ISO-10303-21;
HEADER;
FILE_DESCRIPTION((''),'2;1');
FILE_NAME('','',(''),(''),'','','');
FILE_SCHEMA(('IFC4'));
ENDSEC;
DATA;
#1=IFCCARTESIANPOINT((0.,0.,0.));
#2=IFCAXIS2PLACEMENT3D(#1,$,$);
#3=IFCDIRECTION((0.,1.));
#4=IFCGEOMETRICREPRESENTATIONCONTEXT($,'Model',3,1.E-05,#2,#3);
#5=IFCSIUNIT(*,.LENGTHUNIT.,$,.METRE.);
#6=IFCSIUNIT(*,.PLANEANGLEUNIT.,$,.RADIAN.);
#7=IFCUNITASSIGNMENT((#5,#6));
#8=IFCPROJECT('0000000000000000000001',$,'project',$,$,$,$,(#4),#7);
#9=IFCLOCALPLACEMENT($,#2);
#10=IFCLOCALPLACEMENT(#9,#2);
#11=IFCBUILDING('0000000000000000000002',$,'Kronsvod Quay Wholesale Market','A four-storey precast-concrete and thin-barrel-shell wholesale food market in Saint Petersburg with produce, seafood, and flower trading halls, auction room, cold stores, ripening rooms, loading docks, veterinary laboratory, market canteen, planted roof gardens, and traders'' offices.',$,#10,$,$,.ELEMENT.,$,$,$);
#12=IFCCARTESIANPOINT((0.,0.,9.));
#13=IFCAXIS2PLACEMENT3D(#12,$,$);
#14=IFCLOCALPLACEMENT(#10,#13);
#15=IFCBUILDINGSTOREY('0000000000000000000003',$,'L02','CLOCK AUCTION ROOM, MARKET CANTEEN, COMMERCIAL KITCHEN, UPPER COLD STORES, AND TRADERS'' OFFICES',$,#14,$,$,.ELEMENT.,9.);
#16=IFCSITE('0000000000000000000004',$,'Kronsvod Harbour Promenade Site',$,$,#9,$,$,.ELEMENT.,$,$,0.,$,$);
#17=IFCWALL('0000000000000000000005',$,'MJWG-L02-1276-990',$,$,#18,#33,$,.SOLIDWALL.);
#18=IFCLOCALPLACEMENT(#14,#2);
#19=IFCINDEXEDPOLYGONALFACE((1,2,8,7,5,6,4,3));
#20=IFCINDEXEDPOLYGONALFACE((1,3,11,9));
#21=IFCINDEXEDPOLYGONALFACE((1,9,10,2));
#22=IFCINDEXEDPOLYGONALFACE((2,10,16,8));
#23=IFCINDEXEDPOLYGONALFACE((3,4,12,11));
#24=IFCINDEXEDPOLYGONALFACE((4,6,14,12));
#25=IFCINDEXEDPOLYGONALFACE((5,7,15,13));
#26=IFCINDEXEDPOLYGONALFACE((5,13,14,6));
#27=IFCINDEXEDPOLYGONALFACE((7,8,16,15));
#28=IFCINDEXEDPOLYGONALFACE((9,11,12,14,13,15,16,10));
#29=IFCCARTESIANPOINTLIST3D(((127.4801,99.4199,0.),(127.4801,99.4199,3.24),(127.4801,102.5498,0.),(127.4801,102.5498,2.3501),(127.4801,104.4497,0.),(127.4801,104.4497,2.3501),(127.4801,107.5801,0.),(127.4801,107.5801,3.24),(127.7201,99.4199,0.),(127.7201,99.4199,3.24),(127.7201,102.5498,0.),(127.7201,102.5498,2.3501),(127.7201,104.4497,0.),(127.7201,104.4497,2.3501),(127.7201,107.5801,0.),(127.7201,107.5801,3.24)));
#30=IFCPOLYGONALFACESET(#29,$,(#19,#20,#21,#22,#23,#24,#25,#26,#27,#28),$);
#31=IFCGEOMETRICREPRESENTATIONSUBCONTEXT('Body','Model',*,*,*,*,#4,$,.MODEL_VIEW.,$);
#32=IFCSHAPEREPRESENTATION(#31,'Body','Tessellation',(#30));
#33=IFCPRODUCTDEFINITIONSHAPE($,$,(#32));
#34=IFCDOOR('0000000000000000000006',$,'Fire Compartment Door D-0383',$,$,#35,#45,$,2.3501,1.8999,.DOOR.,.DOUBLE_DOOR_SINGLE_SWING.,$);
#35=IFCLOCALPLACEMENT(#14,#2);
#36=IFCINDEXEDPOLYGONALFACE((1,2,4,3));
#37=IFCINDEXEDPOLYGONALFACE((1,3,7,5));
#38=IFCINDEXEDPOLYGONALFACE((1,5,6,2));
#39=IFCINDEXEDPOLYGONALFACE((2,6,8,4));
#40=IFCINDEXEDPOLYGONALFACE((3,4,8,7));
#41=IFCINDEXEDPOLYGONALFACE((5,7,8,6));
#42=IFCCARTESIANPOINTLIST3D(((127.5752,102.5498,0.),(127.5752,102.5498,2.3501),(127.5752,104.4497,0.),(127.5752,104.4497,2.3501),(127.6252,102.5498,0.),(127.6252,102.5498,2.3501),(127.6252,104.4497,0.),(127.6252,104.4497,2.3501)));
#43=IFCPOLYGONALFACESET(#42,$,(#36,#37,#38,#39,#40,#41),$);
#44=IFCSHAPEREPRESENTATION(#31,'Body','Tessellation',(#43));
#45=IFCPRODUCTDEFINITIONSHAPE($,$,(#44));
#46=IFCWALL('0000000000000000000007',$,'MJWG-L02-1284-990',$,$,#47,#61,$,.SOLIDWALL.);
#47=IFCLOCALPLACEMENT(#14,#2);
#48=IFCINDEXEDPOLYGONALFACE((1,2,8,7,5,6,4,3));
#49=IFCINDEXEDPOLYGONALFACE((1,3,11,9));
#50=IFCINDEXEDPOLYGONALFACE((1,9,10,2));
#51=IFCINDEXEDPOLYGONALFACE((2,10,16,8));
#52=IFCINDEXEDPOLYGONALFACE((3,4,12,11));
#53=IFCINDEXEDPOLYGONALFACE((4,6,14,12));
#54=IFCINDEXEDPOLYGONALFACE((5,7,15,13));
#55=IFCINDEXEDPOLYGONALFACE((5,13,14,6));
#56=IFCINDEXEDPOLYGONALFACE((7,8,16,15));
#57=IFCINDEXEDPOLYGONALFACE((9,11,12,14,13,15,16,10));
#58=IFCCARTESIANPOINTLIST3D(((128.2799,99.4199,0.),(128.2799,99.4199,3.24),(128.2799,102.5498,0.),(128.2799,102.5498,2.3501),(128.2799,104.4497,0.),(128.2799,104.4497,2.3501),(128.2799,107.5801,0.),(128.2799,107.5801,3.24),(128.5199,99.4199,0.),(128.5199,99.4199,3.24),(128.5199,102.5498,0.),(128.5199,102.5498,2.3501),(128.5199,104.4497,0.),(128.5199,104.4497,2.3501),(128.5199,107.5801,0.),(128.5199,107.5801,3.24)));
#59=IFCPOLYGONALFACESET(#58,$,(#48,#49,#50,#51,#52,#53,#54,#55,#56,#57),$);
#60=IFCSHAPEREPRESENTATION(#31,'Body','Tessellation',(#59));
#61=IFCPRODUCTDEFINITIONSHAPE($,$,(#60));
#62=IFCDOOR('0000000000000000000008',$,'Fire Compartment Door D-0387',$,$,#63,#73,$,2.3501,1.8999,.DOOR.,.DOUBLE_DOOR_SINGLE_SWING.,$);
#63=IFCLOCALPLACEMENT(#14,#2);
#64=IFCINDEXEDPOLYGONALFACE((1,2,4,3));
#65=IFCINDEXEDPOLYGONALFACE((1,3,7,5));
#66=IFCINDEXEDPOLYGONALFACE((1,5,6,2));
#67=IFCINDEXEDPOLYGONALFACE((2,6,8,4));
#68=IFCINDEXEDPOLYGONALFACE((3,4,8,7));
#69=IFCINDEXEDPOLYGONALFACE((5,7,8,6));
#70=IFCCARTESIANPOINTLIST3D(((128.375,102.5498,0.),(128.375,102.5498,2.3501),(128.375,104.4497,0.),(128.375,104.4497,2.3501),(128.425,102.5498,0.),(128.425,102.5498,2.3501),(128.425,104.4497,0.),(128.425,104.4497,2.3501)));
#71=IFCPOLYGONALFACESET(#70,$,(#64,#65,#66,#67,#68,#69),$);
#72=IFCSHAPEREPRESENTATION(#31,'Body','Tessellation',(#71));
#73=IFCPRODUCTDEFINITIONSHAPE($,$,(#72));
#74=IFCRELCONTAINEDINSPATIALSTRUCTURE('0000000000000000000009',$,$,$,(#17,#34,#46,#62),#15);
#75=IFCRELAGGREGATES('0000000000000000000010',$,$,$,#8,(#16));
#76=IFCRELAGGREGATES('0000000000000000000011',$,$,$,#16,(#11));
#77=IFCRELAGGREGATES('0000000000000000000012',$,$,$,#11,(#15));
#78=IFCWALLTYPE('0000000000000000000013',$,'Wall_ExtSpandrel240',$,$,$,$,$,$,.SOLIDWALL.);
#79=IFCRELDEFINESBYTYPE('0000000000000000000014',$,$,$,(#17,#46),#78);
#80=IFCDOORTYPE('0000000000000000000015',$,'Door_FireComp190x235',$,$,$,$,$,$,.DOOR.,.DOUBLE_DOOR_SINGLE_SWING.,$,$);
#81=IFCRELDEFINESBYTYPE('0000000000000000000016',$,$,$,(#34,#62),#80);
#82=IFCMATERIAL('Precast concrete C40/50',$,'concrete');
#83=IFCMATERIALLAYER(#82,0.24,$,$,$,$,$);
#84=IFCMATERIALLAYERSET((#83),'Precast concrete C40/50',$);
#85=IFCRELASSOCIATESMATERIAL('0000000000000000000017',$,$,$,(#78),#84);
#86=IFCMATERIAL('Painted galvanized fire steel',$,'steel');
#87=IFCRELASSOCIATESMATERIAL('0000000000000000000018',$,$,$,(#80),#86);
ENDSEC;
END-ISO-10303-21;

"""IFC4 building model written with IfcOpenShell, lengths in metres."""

from ifc_helpers import new_model, si_unit, direction, frame, frame_2d, origin, place, context, subcontext, project, spatial, rectangle, extrude, material, layer, layer_set, type_object, element, fill, save


model = new_model("IFC4")

# Units and contexts
model_context = context("Model", 3, precision=1e-05, world=origin(), true_north=direction((0.0, 1.0)))
body_context = subcontext(model_context, "Body", "Model", "MODEL_VIEW")
ifc_project = project(units=[si_unit("LENGTHUNIT", "METRE"), si_unit("PLANEANGLEUNIT", "RADIAN")], contexts=[model_context])

# Site, building, storey
site_placement = place(None, origin())
site = spatial("IfcSite", under=ifc_project, at=site_placement, Name="Kronsvod Harbour Promenade Site", CompositionType="ELEMENT", RefElevation=0.0)
building_placement = place(site_placement, origin())
building = spatial("IfcBuilding", under=site, at=building_placement, Name="Kronsvod Quay Wholesale Market", Description="A four-storey precast-concrete and thin-barrel-shell wholesale food market in Saint Petersburg with produce, seafood, and flower trading halls, auction room, cold stores, ripening rooms, loading docks, veterinary laboratory, market canteen, planted roof gardens, and traders' offices.", CompositionType="ELEMENT")
storey_placement = place(building_placement, frame((0.0, 0.0, 9.0)))
storey = spatial("IfcBuildingStorey", under=building, at=storey_placement, Name="L02", Description="CLOCK AUCTION ROOM, MARKET CANTEEN, COMMERCIAL KITCHEN, UPPER COLD STORES, AND TRADERS' OFFICES", CompositionType="ELEMENT", Elevation=9.0)

# Walls, openings, doors
ifc_material_1 = material(Name="Precast concrete C40/50", Category="concrete")
ifc_layer_1 = layer(ifc_material_1, 0.24)
ifc_layer_set_1 = layer_set([ifc_layer_1], Name="Precast concrete C40/50")
wall_type_1 = type_object("IfcWallType", Name="Wall_ExtSpandrel240", PredefinedType="SOLIDWALL", material=ifc_layer_set_1)
wall_1_placement = place(storey_placement, frame((127.6001, 99.4199, 0.0), z_axis=(0.0, 0.0, 1.0), x_axis=(0.0, 1.0, 0.0)))
wall_1 = element("IfcWall", 1, at=wall_1_placement, inside=storey, type_object=wall_type_1, Name="MJWG-L02-1276-990", PredefinedType="SOLIDWALL", context=body_context, shape_type="SweptSolid", body=[
    extrude(rectangle(XDim=8.1602, YDim=0.24, at=frame_2d((4.0801, 0.0))), origin(), (0.0, 0.0, 1.0), 3.24),
])
opening_1_placement = place(wall_1_placement, frame((3.1299, 0.0, 0.0)))
opening_1 = element("IfcOpeningElement", 2, at=opening_1_placement, cuts=wall_1, PredefinedType="OPENING", context=body_context, shape_type="SweptSolid", body=[
    extrude(rectangle(XDim=1.8999, YDim=2.3501, at=frame_2d((0.95, 1.175))), frame((0.0, 0.1299, 0.0), z_axis=(0.0, -1.0, 0.0), x_axis=(1.0, 0.0, 0.0)), (0.0, 0.0, 1.0), 0.26),
])
ifc_material_2 = material(Name="Painted galvanized fire steel", Category="steel")
door_type_1 = type_object("IfcDoorType", Name="Door_FireComp190x235", OperationType="DOUBLE_DOOR_SINGLE_SWING", PredefinedType="DOOR", material=ifc_material_2)
door_1_placement = place(opening_1_placement, origin())
door_1 = element("IfcDoor", 3, at=door_1_placement, inside=storey, type_object=door_type_1, Name="Fire Compartment Door D-0383", OperationType="DOUBLE_DOOR_SINGLE_SWING", OverallHeight=2.3501, OverallWidth=1.8999, PredefinedType="DOOR", context=body_context, shape_type="SweptSolid", body=[
    extrude(rectangle(XDim=1.8999, YDim=2.3501, at=frame_2d((0.95, 1.175))), frame((0.0, 0.0249, 0.0), z_axis=(0.0, -1.0, 0.0), x_axis=(1.0, 0.0, 0.0)), (0.0, 0.0, 1.0), 0.05),
])
fill(opening_1, door_1)
wall_2_placement = place(storey_placement, frame((128.3999, 99.4199, 0.0), z_axis=(0.0, 0.0, 1.0), x_axis=(0.0, 1.0, 0.0)))
wall_2 = element("IfcWall", 4, at=wall_2_placement, inside=storey, type_object=wall_type_1, Name="MJWG-L02-1284-990", PredefinedType="SOLIDWALL", context=body_context, shape_type="SweptSolid", body=[
    extrude(rectangle(XDim=8.1602, YDim=0.24, at=frame_2d((4.0801, 0.0))), origin(), (0.0, 0.0, 1.0), 3.24),
])
opening_2_placement = place(wall_2_placement, frame((3.1299, 0.0, 0.0)))
opening_2 = element("IfcOpeningElement", 5, at=opening_2_placement, cuts=wall_2, PredefinedType="OPENING", context=body_context, shape_type="SweptSolid", body=[
    extrude(rectangle(XDim=1.8999, YDim=2.3501, at=frame_2d((0.95, 1.175))), frame((0.0, 0.1299, 0.0), z_axis=(0.0, -1.0, 0.0), x_axis=(1.0, 0.0, 0.0)), (0.0, 0.0, 1.0), 0.26),
])
door_2_placement = place(opening_2_placement, origin())
door_2 = element("IfcDoor", 6, at=door_2_placement, inside=storey, type_object=door_type_1, Name="Fire Compartment Door D-0387", OperationType="DOUBLE_DOOR_SINGLE_SWING", OverallHeight=2.3501, OverallWidth=1.8999, PredefinedType="DOOR", context=body_context, shape_type="SweptSolid", body=[
    extrude(rectangle(XDim=1.8999, YDim=2.3501, at=frame_2d((0.95, 1.175))), frame((0.0, 0.0249, 0.0), z_axis=(0.0, -1.0, 0.0), x_axis=(1.0, 0.0, 0.0)), (0.0, 0.0, 1.0), 0.05),
])
fill(opening_2, door_2)

save(model, "model.ifc")
